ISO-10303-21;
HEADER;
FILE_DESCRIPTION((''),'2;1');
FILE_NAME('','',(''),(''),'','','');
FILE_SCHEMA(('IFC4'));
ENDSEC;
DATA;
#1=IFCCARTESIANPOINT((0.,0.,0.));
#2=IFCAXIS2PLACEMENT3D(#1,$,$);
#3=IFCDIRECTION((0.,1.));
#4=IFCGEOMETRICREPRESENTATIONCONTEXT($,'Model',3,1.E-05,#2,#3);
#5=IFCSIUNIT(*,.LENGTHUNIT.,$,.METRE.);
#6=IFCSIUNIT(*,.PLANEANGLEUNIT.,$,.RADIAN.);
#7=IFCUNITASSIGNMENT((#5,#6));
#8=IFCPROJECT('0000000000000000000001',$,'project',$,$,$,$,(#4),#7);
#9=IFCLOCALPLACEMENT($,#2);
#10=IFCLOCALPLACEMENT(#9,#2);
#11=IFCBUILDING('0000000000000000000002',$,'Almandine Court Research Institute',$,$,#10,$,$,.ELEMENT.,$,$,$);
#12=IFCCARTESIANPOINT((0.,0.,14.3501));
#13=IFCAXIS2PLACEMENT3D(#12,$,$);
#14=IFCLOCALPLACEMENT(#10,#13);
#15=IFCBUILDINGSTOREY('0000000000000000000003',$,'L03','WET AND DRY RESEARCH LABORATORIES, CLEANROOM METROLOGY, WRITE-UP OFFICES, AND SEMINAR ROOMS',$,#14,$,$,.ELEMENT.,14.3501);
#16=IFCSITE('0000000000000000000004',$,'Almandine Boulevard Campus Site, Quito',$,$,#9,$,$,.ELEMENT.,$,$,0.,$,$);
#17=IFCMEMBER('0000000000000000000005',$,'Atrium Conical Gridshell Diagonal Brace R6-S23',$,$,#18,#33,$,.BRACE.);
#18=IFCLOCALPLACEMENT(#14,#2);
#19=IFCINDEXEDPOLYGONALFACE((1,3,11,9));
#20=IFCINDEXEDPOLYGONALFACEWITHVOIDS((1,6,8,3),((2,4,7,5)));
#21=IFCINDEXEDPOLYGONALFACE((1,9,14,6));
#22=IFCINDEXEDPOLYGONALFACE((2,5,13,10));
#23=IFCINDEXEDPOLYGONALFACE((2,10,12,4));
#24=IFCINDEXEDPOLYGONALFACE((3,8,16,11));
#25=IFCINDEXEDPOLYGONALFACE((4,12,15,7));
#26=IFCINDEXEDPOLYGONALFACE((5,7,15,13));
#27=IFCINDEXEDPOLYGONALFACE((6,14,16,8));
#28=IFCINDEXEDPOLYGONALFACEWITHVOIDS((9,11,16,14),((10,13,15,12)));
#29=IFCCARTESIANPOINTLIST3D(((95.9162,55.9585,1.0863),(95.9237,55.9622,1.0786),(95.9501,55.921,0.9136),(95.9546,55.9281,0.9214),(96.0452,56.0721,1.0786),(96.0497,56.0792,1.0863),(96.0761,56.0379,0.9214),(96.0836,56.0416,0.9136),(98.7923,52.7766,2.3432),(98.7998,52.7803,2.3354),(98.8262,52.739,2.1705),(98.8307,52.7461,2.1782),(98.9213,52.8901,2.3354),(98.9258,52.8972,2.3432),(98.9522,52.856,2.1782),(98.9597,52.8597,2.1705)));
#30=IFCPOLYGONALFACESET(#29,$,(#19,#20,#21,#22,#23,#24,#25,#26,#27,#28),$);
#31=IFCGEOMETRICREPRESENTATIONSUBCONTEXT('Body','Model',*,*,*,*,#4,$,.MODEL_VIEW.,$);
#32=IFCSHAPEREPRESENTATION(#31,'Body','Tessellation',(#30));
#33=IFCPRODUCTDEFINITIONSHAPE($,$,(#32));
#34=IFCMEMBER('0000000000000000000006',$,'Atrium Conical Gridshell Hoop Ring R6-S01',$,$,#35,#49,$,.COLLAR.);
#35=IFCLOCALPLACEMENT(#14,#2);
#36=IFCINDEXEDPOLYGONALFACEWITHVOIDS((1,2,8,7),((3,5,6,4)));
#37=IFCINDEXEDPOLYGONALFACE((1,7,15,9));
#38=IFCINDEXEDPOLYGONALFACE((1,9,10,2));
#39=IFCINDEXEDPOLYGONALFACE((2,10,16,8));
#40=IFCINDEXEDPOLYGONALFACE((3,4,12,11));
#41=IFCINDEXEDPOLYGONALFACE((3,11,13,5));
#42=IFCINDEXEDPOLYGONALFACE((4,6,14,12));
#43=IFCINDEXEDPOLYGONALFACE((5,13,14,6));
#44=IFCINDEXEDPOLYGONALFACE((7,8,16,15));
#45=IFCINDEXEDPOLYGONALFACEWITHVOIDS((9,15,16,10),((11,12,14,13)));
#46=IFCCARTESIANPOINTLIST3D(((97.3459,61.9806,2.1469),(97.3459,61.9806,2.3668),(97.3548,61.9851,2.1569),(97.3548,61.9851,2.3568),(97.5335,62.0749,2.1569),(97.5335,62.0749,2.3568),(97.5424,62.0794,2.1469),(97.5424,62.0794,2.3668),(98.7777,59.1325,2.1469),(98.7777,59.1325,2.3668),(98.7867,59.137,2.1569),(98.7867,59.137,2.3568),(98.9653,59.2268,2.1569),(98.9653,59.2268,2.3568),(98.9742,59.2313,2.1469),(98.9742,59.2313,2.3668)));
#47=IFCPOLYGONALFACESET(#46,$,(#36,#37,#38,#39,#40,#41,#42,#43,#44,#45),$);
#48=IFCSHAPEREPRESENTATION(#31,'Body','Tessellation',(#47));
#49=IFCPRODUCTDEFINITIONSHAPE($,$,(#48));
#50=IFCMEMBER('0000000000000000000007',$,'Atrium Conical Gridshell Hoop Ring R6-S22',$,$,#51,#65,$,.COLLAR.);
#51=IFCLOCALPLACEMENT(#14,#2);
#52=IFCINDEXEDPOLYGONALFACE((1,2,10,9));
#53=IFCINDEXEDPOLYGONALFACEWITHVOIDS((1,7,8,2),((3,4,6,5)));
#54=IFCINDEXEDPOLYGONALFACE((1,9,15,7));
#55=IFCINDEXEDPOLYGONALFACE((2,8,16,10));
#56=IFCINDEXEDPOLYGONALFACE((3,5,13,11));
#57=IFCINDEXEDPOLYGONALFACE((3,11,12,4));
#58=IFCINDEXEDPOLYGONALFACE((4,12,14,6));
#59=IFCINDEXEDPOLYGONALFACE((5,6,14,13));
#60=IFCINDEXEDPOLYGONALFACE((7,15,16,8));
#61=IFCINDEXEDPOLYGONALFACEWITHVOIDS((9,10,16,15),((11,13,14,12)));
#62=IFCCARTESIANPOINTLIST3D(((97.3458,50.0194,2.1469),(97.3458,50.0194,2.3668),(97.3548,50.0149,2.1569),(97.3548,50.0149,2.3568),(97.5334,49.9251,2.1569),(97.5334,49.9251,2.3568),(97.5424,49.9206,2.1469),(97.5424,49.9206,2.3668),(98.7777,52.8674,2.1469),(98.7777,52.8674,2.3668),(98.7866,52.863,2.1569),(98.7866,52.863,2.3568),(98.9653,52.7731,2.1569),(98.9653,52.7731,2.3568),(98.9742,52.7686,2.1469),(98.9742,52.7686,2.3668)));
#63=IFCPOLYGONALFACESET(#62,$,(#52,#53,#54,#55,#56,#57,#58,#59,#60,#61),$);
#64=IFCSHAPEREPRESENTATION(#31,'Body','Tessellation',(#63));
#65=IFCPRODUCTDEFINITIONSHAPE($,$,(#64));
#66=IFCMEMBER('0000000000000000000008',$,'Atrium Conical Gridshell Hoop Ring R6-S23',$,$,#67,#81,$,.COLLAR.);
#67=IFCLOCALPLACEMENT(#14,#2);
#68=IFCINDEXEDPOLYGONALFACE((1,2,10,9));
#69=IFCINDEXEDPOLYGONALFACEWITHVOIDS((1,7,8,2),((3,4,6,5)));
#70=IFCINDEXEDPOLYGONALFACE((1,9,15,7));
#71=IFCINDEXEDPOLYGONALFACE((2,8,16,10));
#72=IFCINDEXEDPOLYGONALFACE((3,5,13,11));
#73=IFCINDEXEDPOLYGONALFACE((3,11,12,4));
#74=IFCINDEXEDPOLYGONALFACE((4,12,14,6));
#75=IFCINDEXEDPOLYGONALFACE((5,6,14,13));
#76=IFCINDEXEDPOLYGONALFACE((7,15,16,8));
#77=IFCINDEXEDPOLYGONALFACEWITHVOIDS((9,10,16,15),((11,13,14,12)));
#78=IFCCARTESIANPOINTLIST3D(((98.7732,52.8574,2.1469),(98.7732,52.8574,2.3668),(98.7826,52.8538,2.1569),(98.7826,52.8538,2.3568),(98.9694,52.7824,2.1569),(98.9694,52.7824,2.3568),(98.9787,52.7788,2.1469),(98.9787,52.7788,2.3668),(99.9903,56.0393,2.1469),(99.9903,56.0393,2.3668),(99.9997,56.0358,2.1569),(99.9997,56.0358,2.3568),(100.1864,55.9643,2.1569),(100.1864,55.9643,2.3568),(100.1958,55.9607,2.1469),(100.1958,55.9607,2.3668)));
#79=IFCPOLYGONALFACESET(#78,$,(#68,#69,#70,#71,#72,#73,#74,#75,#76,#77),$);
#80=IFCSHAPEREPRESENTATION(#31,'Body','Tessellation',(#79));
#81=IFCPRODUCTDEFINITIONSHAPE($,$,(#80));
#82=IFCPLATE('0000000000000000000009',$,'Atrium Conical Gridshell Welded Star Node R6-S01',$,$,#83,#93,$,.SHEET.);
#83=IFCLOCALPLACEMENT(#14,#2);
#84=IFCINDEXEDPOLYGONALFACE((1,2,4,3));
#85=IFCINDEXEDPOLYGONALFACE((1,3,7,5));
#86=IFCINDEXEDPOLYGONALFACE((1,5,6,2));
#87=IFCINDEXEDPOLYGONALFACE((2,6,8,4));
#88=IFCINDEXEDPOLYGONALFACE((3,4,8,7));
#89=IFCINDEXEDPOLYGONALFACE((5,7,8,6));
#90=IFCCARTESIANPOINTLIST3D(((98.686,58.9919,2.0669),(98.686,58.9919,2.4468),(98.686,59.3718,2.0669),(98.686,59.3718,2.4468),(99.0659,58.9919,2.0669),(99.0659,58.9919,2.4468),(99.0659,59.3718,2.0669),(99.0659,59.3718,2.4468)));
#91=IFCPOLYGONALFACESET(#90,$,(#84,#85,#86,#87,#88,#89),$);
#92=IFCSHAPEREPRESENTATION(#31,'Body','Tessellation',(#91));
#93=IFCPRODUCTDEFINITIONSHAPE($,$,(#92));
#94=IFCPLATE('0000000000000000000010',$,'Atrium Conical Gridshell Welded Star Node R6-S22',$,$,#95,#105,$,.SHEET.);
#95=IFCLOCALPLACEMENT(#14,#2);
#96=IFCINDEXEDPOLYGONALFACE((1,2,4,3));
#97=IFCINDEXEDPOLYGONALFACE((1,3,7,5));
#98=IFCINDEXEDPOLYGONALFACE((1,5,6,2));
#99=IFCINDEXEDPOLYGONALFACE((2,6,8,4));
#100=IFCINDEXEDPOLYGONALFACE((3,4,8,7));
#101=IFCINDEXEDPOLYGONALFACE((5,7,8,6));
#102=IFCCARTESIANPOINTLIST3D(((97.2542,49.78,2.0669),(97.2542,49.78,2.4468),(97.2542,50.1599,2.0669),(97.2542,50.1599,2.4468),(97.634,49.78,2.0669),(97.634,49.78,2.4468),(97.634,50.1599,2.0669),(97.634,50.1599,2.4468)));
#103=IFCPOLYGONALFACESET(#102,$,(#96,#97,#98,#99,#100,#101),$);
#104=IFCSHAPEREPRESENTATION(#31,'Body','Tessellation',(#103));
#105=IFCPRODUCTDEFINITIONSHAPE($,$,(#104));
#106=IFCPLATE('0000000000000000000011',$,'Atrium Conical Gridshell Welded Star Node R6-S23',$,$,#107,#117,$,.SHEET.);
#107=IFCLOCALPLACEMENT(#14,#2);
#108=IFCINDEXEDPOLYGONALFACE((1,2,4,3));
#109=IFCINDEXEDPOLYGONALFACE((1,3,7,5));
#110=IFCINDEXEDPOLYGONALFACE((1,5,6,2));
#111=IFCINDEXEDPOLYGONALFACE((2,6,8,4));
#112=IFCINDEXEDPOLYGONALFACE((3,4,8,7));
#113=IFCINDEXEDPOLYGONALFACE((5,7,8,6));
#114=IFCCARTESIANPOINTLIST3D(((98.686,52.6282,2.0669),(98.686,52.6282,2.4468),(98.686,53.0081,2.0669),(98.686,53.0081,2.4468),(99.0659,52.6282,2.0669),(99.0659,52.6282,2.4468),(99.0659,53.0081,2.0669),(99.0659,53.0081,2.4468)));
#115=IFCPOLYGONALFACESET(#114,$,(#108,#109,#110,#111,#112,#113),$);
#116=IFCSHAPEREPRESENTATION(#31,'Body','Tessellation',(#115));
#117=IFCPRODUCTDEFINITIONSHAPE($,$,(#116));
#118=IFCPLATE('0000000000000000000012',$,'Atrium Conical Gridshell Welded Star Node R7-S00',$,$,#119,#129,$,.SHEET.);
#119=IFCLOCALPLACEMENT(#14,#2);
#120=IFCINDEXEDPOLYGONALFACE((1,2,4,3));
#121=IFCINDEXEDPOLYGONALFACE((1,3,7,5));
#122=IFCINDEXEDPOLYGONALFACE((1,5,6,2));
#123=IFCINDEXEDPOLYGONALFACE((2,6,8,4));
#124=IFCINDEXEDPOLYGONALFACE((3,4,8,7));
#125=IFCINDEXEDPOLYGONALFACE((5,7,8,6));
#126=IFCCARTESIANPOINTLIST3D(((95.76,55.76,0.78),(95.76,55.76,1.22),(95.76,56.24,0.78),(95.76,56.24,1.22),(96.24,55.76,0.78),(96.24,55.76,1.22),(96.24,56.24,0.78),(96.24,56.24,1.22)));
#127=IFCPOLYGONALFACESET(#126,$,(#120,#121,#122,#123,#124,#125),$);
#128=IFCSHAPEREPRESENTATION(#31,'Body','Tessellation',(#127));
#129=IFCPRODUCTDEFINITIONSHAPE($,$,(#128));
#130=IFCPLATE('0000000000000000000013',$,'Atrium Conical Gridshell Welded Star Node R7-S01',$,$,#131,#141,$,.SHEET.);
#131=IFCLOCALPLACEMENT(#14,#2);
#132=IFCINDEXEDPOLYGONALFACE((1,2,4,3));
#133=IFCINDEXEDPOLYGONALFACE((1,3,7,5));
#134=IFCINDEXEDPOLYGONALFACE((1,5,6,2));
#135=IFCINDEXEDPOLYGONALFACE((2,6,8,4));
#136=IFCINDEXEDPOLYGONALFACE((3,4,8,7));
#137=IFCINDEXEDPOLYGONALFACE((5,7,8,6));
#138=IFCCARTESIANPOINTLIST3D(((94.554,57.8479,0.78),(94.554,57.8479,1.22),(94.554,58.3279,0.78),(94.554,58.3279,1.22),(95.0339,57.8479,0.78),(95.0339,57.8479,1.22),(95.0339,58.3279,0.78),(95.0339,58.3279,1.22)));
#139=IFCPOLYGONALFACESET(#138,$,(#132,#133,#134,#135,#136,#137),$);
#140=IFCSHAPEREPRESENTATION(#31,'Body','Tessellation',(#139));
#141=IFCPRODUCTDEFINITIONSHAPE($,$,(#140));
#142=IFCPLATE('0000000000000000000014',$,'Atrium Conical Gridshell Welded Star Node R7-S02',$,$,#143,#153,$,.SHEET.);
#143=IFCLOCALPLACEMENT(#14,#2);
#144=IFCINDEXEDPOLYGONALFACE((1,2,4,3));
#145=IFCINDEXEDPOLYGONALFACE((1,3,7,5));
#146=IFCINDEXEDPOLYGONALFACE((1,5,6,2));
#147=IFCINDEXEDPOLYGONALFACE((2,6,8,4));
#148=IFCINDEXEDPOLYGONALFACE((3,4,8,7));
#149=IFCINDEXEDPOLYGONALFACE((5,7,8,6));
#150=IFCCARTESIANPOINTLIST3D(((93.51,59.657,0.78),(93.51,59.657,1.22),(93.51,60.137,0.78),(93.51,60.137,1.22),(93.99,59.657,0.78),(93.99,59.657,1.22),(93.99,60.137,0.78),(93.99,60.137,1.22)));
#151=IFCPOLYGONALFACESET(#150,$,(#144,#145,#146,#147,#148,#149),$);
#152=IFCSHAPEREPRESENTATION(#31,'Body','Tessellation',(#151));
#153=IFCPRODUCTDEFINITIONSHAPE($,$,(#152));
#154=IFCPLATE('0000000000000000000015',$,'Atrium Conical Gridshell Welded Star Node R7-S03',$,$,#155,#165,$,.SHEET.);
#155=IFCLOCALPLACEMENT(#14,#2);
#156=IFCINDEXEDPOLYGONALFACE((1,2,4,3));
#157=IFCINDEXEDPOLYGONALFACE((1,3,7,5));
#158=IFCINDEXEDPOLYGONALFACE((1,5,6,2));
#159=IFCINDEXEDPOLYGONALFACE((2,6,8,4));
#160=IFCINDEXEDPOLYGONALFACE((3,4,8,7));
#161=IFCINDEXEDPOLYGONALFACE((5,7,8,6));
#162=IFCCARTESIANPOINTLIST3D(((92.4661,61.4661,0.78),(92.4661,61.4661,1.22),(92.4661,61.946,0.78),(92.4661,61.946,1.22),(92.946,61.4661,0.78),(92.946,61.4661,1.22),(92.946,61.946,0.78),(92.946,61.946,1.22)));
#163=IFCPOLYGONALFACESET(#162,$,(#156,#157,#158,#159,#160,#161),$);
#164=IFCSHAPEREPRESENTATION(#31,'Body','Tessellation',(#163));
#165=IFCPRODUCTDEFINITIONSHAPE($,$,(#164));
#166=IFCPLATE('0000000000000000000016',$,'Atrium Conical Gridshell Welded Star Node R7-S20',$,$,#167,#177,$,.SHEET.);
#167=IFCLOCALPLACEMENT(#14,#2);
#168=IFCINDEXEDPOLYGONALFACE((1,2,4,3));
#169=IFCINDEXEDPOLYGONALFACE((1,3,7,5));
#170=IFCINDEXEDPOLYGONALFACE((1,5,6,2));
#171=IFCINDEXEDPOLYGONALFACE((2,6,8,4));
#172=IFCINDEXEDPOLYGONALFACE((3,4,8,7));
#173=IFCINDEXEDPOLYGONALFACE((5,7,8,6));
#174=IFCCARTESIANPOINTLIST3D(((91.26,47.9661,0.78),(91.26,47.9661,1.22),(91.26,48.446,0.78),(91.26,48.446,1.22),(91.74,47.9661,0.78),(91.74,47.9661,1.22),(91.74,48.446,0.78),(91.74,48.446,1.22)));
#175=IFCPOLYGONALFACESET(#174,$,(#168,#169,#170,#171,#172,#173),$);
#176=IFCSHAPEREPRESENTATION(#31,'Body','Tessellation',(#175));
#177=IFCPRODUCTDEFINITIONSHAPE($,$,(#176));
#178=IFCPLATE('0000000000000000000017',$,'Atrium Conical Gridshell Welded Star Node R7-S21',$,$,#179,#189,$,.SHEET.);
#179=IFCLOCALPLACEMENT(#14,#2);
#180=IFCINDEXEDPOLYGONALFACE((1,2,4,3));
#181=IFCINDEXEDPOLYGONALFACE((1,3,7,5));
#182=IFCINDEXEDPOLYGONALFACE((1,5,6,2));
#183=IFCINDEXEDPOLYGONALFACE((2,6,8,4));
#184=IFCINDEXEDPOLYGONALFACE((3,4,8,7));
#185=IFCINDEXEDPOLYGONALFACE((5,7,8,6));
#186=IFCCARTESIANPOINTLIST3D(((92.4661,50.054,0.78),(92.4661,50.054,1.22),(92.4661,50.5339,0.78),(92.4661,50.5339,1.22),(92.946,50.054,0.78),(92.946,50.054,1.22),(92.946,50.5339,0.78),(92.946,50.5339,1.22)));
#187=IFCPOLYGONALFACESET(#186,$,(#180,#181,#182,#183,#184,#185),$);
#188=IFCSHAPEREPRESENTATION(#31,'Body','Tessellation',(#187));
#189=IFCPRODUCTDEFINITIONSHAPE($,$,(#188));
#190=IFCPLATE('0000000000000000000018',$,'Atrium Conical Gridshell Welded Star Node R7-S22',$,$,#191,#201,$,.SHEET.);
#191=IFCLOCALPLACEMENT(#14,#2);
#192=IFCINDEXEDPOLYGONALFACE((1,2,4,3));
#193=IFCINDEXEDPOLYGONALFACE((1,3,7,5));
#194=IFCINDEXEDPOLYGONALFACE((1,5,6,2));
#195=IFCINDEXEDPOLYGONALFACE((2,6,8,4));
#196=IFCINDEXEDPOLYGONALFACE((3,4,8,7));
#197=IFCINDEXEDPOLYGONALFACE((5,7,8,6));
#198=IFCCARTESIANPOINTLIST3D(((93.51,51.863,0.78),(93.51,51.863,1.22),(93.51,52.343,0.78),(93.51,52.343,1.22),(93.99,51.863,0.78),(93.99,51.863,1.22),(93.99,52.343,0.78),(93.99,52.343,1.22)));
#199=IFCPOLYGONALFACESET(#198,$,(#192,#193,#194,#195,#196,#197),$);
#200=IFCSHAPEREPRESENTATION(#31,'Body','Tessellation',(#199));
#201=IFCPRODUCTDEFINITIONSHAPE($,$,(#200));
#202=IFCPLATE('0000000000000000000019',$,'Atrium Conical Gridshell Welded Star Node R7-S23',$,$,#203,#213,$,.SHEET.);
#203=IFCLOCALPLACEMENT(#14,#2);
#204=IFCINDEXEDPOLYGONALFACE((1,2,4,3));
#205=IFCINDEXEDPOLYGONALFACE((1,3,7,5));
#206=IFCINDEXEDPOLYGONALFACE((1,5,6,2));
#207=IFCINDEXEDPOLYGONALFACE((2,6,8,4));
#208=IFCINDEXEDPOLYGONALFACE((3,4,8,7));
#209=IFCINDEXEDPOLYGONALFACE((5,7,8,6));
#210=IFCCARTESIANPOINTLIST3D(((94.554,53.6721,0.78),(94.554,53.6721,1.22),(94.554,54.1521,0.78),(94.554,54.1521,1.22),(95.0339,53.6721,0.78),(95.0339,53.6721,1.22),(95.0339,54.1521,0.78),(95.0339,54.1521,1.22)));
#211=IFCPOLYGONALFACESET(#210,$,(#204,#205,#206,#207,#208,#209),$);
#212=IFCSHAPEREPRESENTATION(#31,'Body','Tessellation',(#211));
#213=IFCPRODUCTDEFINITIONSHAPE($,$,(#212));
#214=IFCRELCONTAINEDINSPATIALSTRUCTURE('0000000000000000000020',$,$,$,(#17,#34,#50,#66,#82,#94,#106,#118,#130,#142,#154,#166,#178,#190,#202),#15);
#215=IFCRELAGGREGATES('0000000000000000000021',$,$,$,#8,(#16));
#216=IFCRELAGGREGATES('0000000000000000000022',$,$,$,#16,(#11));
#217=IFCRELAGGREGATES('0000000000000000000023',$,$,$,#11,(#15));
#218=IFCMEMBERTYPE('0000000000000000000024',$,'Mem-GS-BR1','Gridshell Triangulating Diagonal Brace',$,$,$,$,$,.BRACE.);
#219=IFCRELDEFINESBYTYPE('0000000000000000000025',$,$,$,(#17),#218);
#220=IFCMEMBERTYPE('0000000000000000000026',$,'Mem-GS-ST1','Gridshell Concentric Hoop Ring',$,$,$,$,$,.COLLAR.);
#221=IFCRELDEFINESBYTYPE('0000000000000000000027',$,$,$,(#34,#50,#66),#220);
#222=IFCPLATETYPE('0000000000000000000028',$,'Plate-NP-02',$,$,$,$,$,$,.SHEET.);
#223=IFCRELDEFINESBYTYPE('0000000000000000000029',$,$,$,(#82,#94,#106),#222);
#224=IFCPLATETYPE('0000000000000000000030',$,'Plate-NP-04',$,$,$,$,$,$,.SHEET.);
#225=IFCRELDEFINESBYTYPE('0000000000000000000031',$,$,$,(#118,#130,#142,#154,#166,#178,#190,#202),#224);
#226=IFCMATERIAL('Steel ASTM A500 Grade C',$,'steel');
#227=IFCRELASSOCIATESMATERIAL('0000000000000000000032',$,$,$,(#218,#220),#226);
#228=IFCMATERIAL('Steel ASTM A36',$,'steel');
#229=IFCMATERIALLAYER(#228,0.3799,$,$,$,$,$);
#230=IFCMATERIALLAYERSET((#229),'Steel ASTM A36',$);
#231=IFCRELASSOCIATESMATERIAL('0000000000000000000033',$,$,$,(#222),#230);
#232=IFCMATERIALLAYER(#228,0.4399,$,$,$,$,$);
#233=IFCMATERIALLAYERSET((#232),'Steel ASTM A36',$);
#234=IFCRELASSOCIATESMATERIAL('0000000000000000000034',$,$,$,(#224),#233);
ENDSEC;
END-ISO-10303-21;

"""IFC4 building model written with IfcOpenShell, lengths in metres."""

from ifc_helpers import new_model, si_unit, direction, frame, origin, origin_2d, place, context, subcontext, project, spatial, rectangle, hollow_rectangle, extrude, material, layer, layer_set, material_profile, profile_set, type_object, element, save


model = new_model("IFC4")

# Units and contexts
model_context = context("Model", 3, precision=1e-05, world=origin(), true_north=direction((0.0, 1.0)))
body_context = subcontext(model_context, "Body", "Model", "MODEL_VIEW")
ifc_project = project(units=[si_unit("LENGTHUNIT", "METRE"), si_unit("PLANEANGLEUNIT", "RADIAN")], contexts=[model_context])

# Site, building, storey
site_placement = place(None, origin())
site = spatial("IfcSite", under=ifc_project, at=site_placement, Name="Almandine Boulevard Campus Site, Quito", CompositionType="ELEMENT", RefElevation=0.0)
building_placement = place(site_placement, origin())
building = spatial("IfcBuilding", under=site, at=building_placement, Name="Almandine Court Research Institute", CompositionType="ELEMENT")
storey_placement = place(building_placement, frame((0.0, 0.0, 14.3501)))
storey = spatial("IfcBuildingStorey", under=building, at=storey_placement, Name="L03", Description="WET AND DRY RESEARCH LABORATORIES, CLEANROOM METROLOGY, WRITE-UP OFFICES, AND SEMINAR ROOMS", CompositionType="ELEMENT", Elevation=14.3501)

# Shared definitions
ifc_material_1 = material(Name="Steel ASTM A500 Grade C", Category="steel")

# Members
ifc_material_profile_1 = material_profile(ifc_material_1, hollow_rectangle(XDim=0.1799, YDim=0.1799, WallThickness=0.0081, at=origin_2d()), Name="HSS 180x180x8")
ifc_profile_set_1 = profile_set([ifc_material_profile_1], Name="Steel ASTM A500 Grade C")
member_type_1 = type_object("IfcMemberType", Name="Mem-GS-BR1", Description="Gridshell Triangulating Diagonal Brace", PredefinedType="BRACE", material=ifc_profile_set_1)
member_1_placement = place(storey_placement, frame((98.876, 52.8181, 2.2568), z_axis=(-0.643486, 0.711931, -0.281211), x_axis=(-0.741869, -0.670545, 0.0)))
element("IfcMember", 1, at=member_1_placement, inside=storey, type_object=member_type_1, Name="Atrium Conical Gridshell Diagonal Brace R6-S23", PredefinedType="BRACE", context=body_context, shape_type="SweptSolid", body=[
    extrude(hollow_rectangle(XDim=0.1799, YDim=0.1799, WallThickness=0.0081, at=origin_2d()), origin(), (0.0, 0.0, 1.0), 4.4695),
])
ifc_material_profile_2 = material_profile(ifc_material_1, hollow_rectangle(XDim=0.22, YDim=0.22, WallThickness=0.01, at=origin_2d()), Name="HSS 220x220x10")
ifc_profile_set_2 = profile_set([ifc_material_profile_2], Name="Steel ASTM A500 Grade C")
member_type_2 = type_object("IfcMemberType", Name="Mem-GS-ST1", Description="Gridshell Concentric Hoop Ring", PredefinedType="COLLAR", material=ifc_profile_set_2)
for number, where, z_axis, x_axis, name in (
    (2, (98.876, 59.1819, 2.2568), (-0.449173, 0.893445, 0.0), (-0.893445, -0.449173, 0.0), "Atrium Conical Gridshell Hoop Ring R6-S01"),
    (3, (97.4441, 49.97, 2.2568), (0.449173, 0.893445, 0.0), (-0.893445, 0.449173, 0.0), "Atrium Conical Gridshell Hoop Ring R6-S22"),
):
    element("IfcMember", number, at=place(storey_placement, frame(where, z_axis=z_axis, x_axis=x_axis)), inside=storey, type_object=member_type_2, Name=name, PredefinedType="COLLAR", context=body_context, shape_type="SweptSolid", body=[
        extrude(hollow_rectangle(XDim=0.22, YDim=0.22, WallThickness=0.01, at=origin_2d()), origin(), (0.0, 0.0, 1.0), 3.1877),
    ])
member_2_placement = place(storey_placement, frame((98.876, 52.8181, 2.2568), z_axis=(0.35725, 0.934009, 0.0), x_axis=(-0.934009, 0.35725, 0.0)))
element("IfcMember", 4, at=member_2_placement, inside=storey, type_object=member_type_2, Name="Atrium Conical Gridshell Hoop Ring R6-S23", PredefinedType="COLLAR", context=body_context, shape_type="SweptSolid", body=[
    extrude(hollow_rectangle(XDim=0.22, YDim=0.22, WallThickness=0.01, at=origin_2d()), origin(), (0.0, 0.0, 1.0), 3.4067),
])

# Plates
ifc_material_2 = material(Name="Steel ASTM A36", Category="steel")
ifc_layer_1 = layer(ifc_material_2, 0.3799)
ifc_layer_set_1 = layer_set([ifc_layer_1], Name="Steel ASTM A36")
plate_type_1 = type_object("IfcPlateType", Name="Plate-NP-02", PredefinedType="SHEET", material=ifc_layer_set_1)
for number, where, z_axis, x_axis, name in (
    (5, (98.876, 59.1819, 2.0669), (0.0, 0.0, 1.0), (1.0, 0.0, 0.0), "Atrium Conical Gridshell Welded Star Node R6-S01"),
    (6, (97.4441, 49.97, 2.0669), (0.0, 0.0, 1.0), (1.0, 0.0, 0.0), "Atrium Conical Gridshell Welded Star Node R6-S22"),
    (7, (98.876, 52.8181, 2.0669), (0.0, 0.0, 1.0), (1.0, 0.0, 0.0), "Atrium Conical Gridshell Welded Star Node R6-S23"),
):
    element("IfcPlate", number, at=place(storey_placement, frame(where, z_axis=z_axis, x_axis=x_axis)), inside=storey, type_object=plate_type_1, Name=name, PredefinedType="SHEET", context=body_context, shape_type="SweptSolid", body=[
        extrude(rectangle(XDim=0.3799, YDim=0.3799, at=origin_2d()), origin(), (0.0, 0.0, 1.0), 0.3799),
    ])
ifc_layer_2 = layer(ifc_material_2, 0.4399)
ifc_layer_set_2 = layer_set([ifc_layer_2], Name="Steel ASTM A36")
plate_type_2 = type_object("IfcPlateType", Name="Plate-NP-04", PredefinedType="SHEET", material=ifc_layer_set_2)
for number, where, z_axis, x_axis, name in (
    (8, (96.0, 56.0, 0.78), (0.0, 0.0, 1.0), (1.0, 0.0, 0.0), "Atrium Conical Gridshell Welded Star Node R7-S00"),
    (9, (94.7939, 58.0879, 0.78), (0.0, 0.0, 1.0), (1.0, 0.0, 0.0), "Atrium Conical Gridshell Welded Star Node R7-S01"),
    (10, (93.75, 59.897, 0.78), (0.0, 0.0, 1.0), (1.0, 0.0, 0.0), "Atrium Conical Gridshell Welded Star Node R7-S02"),
    (11, (92.7061, 61.7061, 0.78), (0.0, 0.0, 1.0), (1.0, 0.0, 0.0), "Atrium Conical Gridshell Welded Star Node R7-S03"),
    (12, (91.5, 48.2061, 0.78), (0.0, 0.0, 1.0), (1.0, 0.0, 0.0), "Atrium Conical Gridshell Welded Star Node R7-S20"),
    (13, (92.7061, 50.2939, 0.78), (0.0, 0.0, 1.0), (1.0, 0.0, 0.0), "Atrium Conical Gridshell Welded Star Node R7-S21"),
    (14, (93.75, 52.103, 0.78), (0.0, 0.0, 1.0), (1.0, 0.0, 0.0), "Atrium Conical Gridshell Welded Star Node R7-S22"),
    (15, (94.7939, 53.9121, 0.78), (0.0, 0.0, 1.0), (1.0, 0.0, 0.0), "Atrium Conical Gridshell Welded Star Node R7-S23"),
):
    element("IfcPlate", number, at=place(storey_placement, frame(where, z_axis=z_axis, x_axis=x_axis)), inside=storey, type_object=plate_type_2, Name=name, PredefinedType="SHEET", context=body_context, shape_type="SweptSolid", body=[
        extrude(rectangle(XDim=0.48, YDim=0.48, at=origin_2d()), origin(), (0.0, 0.0, 1.0), 0.4399),
    ])

save(model, "model.ifc")
